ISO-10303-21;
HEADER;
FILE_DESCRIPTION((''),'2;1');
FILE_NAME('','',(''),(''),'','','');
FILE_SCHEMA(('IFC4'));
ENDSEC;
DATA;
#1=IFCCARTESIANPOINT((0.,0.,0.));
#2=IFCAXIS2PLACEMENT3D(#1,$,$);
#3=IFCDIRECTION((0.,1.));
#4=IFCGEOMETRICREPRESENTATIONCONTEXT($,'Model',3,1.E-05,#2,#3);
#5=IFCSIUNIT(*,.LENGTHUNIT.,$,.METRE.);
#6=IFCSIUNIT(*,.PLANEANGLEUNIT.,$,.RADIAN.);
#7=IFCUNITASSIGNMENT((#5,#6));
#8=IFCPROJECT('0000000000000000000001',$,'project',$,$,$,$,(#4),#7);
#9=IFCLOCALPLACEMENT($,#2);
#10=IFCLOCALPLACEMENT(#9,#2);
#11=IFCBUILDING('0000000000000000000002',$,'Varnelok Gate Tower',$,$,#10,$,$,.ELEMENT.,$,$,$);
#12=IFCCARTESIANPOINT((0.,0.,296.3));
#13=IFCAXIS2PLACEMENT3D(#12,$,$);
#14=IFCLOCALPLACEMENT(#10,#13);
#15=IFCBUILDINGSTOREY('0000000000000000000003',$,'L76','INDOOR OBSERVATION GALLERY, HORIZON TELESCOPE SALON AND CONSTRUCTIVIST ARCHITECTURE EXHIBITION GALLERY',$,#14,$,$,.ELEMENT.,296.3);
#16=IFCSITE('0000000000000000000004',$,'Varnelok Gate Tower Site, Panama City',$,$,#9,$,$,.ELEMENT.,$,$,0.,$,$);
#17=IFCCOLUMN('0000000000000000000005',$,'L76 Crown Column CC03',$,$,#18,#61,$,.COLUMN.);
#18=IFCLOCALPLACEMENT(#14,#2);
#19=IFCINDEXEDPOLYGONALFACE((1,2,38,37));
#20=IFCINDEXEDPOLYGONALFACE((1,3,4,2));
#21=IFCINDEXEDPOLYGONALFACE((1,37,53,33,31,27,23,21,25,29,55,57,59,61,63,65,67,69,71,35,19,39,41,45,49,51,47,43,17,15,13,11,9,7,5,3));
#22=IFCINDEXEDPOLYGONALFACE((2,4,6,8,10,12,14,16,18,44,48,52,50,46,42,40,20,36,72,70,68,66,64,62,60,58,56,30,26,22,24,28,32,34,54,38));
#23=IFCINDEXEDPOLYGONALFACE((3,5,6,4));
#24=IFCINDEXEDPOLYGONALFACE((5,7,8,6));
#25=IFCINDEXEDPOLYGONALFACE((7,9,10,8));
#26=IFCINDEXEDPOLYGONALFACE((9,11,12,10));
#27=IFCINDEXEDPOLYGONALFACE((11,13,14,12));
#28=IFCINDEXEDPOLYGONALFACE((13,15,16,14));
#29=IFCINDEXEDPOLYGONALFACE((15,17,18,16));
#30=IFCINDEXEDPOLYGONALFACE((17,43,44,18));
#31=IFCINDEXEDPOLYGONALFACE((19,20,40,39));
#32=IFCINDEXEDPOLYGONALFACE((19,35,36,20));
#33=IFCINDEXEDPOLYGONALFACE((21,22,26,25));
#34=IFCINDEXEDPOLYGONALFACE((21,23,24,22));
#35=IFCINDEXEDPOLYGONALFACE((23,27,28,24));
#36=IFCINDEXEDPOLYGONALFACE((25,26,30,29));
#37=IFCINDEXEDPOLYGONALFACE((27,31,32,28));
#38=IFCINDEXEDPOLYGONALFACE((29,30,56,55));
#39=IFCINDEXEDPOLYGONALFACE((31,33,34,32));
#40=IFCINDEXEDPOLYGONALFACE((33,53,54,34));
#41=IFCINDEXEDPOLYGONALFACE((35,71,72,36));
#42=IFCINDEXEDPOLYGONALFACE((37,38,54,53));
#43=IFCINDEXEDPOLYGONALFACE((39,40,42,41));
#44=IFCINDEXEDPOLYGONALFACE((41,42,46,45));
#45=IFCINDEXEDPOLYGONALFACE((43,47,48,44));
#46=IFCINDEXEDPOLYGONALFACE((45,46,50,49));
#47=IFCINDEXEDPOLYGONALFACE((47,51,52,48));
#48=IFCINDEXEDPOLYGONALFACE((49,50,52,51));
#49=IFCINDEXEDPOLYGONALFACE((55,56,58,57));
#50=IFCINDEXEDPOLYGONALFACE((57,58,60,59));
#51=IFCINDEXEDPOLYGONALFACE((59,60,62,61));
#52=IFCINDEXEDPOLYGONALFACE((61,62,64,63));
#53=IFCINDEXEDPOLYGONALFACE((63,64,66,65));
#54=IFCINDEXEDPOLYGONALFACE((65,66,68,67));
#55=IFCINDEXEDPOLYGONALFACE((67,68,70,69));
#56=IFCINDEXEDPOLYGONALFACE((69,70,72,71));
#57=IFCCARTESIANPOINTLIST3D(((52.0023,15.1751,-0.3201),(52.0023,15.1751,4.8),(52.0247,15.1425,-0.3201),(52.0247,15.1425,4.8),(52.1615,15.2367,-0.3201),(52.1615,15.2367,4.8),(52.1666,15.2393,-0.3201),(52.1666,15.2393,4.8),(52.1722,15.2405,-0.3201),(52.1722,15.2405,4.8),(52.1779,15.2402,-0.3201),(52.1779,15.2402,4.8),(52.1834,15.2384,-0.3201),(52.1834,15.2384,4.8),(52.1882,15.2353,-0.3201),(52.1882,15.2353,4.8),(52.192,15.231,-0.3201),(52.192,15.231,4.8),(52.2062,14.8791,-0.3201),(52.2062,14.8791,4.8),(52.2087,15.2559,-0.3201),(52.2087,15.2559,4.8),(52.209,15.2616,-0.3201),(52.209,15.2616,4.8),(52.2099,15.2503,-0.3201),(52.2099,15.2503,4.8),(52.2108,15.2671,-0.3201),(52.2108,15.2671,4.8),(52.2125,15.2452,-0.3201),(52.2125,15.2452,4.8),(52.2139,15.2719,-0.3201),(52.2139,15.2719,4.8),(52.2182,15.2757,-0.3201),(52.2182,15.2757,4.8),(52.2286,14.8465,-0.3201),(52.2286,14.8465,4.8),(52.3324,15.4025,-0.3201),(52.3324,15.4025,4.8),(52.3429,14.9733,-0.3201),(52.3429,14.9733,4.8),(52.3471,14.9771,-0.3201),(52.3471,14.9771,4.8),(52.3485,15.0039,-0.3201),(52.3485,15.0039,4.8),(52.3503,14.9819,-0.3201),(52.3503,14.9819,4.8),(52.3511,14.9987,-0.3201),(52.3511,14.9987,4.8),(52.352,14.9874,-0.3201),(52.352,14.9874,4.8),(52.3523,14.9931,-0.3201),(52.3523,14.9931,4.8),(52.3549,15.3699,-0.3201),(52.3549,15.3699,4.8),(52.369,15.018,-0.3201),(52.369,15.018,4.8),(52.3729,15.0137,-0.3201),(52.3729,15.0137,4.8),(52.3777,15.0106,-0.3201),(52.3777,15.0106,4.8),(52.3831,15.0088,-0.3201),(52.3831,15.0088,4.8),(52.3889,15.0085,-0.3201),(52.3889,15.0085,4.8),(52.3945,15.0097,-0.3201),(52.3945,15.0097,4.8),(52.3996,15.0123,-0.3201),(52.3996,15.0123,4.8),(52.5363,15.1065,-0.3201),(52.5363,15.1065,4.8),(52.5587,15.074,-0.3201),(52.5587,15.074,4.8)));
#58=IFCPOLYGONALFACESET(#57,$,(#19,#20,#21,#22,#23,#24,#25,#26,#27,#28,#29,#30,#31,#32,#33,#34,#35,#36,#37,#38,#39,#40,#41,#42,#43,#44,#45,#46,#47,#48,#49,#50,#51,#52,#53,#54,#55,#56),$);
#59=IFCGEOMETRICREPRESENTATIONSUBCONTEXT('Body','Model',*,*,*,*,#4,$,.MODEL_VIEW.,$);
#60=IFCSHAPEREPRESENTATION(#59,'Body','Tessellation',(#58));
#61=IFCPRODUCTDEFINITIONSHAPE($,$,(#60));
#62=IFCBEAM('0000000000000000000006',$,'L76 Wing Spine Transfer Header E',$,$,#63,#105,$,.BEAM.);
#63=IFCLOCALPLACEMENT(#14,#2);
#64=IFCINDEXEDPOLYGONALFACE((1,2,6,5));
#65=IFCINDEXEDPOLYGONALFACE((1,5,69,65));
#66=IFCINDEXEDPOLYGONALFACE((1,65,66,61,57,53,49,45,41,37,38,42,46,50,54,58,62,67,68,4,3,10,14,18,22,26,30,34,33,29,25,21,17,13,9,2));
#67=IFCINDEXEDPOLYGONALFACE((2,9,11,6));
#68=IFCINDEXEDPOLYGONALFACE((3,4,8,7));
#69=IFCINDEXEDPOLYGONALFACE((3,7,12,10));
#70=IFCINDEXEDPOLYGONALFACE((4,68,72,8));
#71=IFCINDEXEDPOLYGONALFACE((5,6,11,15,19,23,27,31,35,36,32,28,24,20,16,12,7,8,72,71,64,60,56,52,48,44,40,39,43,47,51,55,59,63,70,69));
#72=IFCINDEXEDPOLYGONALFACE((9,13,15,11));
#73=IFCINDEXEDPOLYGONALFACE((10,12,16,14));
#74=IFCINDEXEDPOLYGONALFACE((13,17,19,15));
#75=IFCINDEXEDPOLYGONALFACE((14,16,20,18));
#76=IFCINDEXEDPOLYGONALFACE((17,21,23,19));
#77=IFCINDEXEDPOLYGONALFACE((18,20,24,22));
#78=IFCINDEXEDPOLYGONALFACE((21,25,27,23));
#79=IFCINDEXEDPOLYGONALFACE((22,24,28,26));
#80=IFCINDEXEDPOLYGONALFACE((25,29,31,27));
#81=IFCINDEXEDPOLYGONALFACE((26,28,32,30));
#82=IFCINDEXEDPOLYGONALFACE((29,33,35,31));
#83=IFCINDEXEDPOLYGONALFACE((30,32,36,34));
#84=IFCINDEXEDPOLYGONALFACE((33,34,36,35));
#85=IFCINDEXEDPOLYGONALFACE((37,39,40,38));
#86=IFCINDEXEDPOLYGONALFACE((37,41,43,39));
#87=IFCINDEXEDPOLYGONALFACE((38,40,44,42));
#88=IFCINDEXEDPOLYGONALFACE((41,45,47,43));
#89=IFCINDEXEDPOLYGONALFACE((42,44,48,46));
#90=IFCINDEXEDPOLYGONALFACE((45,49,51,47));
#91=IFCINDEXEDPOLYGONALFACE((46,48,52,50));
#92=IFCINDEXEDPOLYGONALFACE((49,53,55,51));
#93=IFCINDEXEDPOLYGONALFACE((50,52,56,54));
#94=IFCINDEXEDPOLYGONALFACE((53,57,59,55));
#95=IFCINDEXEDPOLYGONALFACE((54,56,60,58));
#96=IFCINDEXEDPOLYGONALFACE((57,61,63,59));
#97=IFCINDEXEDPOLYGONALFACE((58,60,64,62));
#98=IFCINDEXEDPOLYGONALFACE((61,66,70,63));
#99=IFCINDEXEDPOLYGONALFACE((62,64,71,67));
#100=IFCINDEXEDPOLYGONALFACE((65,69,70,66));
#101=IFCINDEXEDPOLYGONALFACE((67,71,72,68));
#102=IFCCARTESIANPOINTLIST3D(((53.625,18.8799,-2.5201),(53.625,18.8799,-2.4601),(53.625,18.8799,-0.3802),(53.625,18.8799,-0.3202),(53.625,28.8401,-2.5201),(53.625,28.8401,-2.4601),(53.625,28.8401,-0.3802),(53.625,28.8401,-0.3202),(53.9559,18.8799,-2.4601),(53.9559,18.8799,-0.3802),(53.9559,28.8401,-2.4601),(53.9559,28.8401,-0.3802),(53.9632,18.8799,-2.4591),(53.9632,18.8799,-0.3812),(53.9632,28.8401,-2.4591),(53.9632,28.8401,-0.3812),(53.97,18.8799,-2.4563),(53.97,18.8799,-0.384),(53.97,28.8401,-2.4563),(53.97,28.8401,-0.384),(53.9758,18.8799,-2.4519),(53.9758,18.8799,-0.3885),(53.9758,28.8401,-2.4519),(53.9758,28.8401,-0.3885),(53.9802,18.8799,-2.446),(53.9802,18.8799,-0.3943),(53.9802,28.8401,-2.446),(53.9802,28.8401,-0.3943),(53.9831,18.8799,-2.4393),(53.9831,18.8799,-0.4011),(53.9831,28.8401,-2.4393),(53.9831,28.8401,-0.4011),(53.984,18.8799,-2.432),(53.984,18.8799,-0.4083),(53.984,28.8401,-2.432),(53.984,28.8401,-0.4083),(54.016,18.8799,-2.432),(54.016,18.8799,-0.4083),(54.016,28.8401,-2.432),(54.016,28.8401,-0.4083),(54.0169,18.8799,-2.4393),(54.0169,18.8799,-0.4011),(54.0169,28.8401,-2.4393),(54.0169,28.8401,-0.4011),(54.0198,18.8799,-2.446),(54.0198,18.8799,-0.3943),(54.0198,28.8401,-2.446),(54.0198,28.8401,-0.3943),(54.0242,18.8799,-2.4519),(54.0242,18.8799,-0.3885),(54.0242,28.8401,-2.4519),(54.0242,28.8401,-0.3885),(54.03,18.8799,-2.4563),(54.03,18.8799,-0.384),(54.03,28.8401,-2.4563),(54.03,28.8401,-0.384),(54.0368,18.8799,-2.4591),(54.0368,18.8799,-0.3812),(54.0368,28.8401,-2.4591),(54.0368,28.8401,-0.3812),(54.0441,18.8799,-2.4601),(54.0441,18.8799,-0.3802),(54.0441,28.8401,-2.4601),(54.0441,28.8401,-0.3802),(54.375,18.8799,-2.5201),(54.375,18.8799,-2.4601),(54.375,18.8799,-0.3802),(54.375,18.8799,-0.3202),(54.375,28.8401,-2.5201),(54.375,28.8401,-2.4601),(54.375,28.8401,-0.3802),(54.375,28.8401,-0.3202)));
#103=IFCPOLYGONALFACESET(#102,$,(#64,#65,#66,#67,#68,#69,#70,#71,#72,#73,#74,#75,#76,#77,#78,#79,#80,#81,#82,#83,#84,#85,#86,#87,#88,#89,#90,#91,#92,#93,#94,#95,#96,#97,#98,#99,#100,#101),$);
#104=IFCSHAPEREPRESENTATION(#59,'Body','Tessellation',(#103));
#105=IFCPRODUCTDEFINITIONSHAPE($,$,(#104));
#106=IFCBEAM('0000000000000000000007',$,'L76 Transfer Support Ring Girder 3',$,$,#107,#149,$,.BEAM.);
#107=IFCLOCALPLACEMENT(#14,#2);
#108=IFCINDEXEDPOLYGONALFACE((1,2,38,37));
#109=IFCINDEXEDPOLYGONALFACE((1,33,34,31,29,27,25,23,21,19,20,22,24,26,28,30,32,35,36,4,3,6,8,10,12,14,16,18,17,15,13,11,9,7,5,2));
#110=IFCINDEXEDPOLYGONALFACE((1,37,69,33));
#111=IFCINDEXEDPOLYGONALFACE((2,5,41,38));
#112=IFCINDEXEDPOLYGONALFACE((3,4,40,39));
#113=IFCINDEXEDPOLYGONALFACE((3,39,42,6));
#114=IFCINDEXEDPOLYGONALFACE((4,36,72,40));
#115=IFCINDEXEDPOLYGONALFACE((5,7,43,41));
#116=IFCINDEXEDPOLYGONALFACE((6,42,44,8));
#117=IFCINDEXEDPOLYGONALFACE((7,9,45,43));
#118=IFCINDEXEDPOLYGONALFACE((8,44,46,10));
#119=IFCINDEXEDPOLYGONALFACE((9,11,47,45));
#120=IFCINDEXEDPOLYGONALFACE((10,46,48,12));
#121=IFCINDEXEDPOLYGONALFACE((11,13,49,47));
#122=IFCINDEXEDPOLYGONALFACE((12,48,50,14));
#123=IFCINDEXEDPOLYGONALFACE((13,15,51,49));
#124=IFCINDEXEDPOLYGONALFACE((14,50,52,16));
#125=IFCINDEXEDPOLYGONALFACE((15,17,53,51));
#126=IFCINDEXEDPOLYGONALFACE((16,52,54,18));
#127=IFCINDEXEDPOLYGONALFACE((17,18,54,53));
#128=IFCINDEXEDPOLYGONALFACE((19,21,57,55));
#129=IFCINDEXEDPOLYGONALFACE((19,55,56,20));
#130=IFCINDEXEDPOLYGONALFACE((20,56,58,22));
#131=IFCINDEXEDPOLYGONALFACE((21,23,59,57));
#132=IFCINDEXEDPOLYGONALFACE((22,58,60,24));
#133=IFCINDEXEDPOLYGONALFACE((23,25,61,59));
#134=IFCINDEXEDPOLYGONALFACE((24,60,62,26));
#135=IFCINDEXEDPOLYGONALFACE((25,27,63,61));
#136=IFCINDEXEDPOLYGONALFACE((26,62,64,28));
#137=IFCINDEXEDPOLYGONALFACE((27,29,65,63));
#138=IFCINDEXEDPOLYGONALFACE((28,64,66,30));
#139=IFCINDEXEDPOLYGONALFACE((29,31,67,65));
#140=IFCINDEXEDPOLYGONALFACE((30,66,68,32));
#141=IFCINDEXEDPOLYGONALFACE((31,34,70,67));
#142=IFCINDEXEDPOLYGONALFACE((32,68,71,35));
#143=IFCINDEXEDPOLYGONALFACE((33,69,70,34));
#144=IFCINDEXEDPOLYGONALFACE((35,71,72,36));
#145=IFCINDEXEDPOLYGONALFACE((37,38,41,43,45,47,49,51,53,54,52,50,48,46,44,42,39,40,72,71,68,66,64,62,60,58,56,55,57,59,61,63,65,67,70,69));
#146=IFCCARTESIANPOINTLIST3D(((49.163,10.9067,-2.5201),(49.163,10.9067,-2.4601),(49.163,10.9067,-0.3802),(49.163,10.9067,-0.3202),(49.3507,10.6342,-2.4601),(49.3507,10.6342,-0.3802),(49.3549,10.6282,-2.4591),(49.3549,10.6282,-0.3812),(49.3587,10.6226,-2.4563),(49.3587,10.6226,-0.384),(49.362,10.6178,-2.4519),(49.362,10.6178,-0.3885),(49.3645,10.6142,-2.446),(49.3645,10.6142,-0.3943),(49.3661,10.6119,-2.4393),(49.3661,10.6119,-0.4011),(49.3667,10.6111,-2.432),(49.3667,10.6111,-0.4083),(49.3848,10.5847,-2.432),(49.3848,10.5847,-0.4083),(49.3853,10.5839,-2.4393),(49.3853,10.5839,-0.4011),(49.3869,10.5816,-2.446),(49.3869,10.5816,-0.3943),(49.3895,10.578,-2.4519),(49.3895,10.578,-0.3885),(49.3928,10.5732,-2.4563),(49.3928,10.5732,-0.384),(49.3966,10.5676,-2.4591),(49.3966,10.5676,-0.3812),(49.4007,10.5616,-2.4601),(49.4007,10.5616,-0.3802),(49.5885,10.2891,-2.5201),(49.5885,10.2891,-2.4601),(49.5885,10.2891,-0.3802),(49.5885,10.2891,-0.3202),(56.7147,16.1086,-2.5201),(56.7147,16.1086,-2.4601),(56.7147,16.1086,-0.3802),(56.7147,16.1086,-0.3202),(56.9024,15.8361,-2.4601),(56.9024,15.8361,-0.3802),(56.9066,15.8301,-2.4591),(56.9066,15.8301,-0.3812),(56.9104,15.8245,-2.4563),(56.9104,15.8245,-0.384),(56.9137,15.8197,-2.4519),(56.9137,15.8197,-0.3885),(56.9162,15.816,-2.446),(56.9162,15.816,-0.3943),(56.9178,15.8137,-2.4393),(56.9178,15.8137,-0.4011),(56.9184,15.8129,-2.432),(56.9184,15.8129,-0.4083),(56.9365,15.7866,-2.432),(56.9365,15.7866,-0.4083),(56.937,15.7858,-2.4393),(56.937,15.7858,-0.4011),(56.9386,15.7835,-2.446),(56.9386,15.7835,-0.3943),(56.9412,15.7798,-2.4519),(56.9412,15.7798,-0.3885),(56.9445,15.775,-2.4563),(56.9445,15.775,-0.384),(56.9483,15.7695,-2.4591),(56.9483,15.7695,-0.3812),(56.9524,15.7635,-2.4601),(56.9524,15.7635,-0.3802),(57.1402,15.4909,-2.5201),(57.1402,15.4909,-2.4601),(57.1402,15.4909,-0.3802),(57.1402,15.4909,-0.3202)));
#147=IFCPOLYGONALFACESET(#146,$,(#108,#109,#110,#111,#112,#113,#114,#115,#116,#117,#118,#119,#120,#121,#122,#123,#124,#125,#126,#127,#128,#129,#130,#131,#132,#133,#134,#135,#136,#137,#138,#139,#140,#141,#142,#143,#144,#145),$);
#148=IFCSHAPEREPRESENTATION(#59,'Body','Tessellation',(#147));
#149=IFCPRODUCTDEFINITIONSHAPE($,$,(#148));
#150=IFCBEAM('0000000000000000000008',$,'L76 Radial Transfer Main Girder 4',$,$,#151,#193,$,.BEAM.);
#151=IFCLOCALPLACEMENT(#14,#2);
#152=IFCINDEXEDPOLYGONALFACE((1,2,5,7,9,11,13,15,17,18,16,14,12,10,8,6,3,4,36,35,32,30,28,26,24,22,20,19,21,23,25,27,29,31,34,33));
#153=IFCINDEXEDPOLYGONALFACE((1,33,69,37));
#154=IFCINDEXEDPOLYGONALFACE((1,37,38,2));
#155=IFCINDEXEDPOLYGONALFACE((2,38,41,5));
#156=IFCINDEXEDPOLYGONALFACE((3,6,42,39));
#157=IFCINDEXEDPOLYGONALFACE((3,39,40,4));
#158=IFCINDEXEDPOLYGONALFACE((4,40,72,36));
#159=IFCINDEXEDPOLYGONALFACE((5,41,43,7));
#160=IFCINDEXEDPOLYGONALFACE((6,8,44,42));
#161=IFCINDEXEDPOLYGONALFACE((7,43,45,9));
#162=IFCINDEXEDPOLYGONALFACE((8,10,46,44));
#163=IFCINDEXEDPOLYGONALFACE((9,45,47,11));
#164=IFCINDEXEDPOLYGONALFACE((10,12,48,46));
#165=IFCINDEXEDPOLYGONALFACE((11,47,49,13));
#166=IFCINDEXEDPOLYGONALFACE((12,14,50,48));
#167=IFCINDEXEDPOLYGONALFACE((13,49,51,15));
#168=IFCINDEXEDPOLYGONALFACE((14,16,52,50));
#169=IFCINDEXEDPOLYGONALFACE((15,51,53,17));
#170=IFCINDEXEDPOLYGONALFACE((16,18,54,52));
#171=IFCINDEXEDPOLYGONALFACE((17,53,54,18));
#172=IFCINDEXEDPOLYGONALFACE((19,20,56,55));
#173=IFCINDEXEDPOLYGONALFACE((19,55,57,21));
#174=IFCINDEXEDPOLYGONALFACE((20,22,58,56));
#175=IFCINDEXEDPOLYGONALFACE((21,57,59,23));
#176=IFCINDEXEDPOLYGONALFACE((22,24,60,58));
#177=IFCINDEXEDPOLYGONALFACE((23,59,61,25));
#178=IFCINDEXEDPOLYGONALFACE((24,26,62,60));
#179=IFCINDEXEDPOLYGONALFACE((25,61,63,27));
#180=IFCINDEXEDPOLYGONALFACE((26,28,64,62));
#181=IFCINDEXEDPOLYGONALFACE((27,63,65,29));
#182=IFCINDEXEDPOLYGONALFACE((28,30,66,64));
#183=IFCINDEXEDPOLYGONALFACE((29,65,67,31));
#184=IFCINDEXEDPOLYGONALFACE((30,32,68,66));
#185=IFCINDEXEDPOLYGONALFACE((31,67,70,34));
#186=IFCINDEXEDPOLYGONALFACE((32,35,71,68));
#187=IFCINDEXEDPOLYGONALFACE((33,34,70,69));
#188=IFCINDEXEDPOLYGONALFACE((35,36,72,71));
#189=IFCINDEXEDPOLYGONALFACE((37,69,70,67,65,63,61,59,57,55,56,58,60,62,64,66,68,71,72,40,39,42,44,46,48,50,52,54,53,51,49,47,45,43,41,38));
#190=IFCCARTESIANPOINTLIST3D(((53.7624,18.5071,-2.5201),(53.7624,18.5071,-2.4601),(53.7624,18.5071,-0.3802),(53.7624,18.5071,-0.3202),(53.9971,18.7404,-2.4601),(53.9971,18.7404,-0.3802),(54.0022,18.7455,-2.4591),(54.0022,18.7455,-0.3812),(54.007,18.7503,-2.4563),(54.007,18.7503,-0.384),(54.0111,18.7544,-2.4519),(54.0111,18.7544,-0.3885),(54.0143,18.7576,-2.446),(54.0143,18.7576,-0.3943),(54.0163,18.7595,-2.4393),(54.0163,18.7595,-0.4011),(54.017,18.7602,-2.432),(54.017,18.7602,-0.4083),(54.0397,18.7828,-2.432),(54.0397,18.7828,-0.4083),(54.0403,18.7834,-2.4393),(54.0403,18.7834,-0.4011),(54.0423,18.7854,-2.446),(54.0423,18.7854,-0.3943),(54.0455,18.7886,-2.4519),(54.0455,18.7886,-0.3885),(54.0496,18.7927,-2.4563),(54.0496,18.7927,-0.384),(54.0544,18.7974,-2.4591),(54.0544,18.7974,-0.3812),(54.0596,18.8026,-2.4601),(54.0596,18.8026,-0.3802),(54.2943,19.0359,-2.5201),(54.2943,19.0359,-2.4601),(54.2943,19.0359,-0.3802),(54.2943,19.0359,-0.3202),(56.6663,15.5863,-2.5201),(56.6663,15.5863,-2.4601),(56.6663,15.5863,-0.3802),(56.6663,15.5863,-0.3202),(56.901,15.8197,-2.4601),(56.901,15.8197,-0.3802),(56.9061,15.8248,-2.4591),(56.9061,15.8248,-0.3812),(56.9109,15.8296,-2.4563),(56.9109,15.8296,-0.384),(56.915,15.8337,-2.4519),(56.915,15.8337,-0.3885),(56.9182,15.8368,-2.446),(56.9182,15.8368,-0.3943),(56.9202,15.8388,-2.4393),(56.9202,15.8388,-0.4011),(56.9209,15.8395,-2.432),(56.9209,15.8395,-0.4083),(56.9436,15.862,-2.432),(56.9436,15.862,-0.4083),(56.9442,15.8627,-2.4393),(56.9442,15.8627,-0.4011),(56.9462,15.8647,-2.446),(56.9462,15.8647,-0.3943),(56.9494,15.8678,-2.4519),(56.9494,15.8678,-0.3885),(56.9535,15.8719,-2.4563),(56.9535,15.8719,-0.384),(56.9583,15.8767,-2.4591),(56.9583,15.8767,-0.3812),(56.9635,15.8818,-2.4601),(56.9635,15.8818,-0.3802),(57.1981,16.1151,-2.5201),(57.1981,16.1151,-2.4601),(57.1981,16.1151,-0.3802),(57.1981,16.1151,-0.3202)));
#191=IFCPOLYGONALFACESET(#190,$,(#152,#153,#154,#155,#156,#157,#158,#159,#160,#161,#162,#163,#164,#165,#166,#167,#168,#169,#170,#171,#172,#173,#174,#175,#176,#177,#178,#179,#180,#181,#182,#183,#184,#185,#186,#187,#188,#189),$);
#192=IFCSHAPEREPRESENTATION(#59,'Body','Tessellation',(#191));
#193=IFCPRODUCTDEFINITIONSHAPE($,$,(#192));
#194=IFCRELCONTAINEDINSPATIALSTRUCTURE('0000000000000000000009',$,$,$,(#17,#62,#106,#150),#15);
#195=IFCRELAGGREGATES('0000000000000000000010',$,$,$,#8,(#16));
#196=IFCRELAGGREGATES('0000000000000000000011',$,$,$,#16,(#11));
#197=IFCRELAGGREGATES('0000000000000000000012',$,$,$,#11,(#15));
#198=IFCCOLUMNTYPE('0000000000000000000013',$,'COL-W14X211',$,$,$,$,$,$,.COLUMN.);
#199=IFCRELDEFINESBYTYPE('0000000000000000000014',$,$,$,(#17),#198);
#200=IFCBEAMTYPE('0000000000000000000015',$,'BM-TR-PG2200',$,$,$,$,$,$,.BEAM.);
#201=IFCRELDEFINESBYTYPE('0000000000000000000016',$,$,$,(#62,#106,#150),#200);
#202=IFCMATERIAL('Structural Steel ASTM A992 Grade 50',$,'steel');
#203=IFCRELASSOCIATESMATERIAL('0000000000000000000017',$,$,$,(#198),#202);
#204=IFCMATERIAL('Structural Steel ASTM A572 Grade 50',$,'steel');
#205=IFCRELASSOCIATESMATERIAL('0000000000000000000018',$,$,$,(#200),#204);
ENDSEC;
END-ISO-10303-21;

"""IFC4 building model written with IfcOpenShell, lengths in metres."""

from ifc_helpers import new_model, si_unit, direction, frame, origin, origin_2d, place, context, subcontext, project, spatial, i_section, extrude, material, material_profile, profile_set, type_object, element, save


model = new_model("IFC4")

# Units and contexts
model_context = context("Model", 3, precision=1e-05, world=origin(), true_north=direction((0.0, 1.0)))
body_context = subcontext(model_context, "Body", "Model", "MODEL_VIEW")
ifc_project = project(units=[si_unit("LENGTHUNIT", "METRE"), si_unit("PLANEANGLEUNIT", "RADIAN")], contexts=[model_context])

# Site, building, storey
site_placement = place(None, origin())
site = spatial("IfcSite", under=ifc_project, at=site_placement, Name="Varnelok Gate Tower Site, Panama City", CompositionType="ELEMENT", RefElevation=0.0)
building_placement = place(site_placement, origin())
building = spatial("IfcBuilding", under=site, at=building_placement, Name="Varnelok Gate Tower", CompositionType="ELEMENT")
storey_placement = place(building_placement, frame((0.0, 0.0, 296.3)))
storey = spatial("IfcBuildingStorey", under=building, at=storey_placement, Name="L76", Description="INDOOR OBSERVATION GALLERY, HORIZON TELESCOPE SALON AND CONSTRUCTIVIST ARCHITECTURE EXHIBITION GALLERY", CompositionType="ELEMENT", Elevation=296.3)

# Column
ifc_material_1 = material(Name="Structural Steel ASTM A992 Grade 50", Category="steel")
ifc_material_profile_1 = material_profile(ifc_material_1, i_section(OverallWidth=0.4009, OverallDepth=0.3989, WebThickness=0.0249, FlangeThickness=0.0396, FilletRadius=0.022, at=origin_2d()), Name="W14X211")
ifc_profile_set_1 = profile_set([ifc_material_profile_1], Name="Structural Steel ASTM A992 Grade 50")
column_type = type_object("IfcColumnType", Name="COL-W14X211", PredefinedType="COLUMN", material=ifc_profile_set_1)
column_placement = place(storey_placement, frame((52.2805, 15.1245, -0.3201), z_axis=(0.0, 0.0, 1.0), x_axis=(0.823533, 0.567269, 0.0)))
element("IfcColumn", 1, at=column_placement, inside=storey, type_object=column_type, Name="L76 Crown Column CC03", PredefinedType="COLUMN", context=body_context, shape_type="SweptSolid", body=[
    extrude(i_section(OverallWidth=0.4009, OverallDepth=0.3989, WebThickness=0.0249, FlangeThickness=0.0396, FilletRadius=0.022, at=origin_2d()), origin(), (0.0, 0.0, 1.0), 5.1201),
])

# Beams
ifc_material_2 = material(Name="Structural Steel ASTM A572 Grade 50", Category="steel")
ifc_material_profile_2 = material_profile(ifc_material_2, i_section(OverallWidth=0.75, OverallDepth=2.2, WebThickness=0.032, FlangeThickness=0.0601, FilletRadius=0.0281, at=origin_2d()), Name="PG2200X750")
ifc_profile_set_2 = profile_set([ifc_material_profile_2], Name="Structural Steel ASTM A572 Grade 50")
beam_type = type_object("IfcBeamType", Name="BM-TR-PG2200", PredefinedType="BEAM", material=ifc_profile_set_2)
beam_1_placement = place(storey_placement, frame((54.0, 18.8799, -1.4202), z_axis=(0.0, 1.0, 0.0), x_axis=(-1.0, 0.0, 0.0)))
element("IfcBeam", 2, at=beam_1_placement, inside=storey, type_object=beam_type, Name="L76 Wing Spine Transfer Header E", PredefinedType="BEAM", context=body_context, shape_type="SweptSolid", body=[
    extrude(i_section(OverallWidth=0.75, OverallDepth=2.2, WebThickness=0.032, FlangeThickness=0.0601, FilletRadius=0.0281, at=origin_2d()), origin(), (0.0, 0.0, 1.0), 9.9602),
])
beam_2_placement = place(storey_placement, frame((49.3757, 10.5979, -1.4202), z_axis=(0.823529, 0.567274, 0.0), x_axis=(-0.567274, 0.823529, 0.0)))
element("IfcBeam", 3, at=beam_2_placement, inside=storey, type_object=beam_type, Name="L76 Transfer Support Ring Girder 3", PredefinedType="BEAM", context=body_context, shape_type="SweptSolid", body=[
    extrude(i_section(OverallWidth=0.75, OverallDepth=2.2, WebThickness=0.032, FlangeThickness=0.0601, FilletRadius=0.0281, at=origin_2d()), origin(), (0.0, 0.0, 1.0), 9.1699),
])
beam_3_placement = place(storey_placement, frame((54.0283, 18.7715, -1.4202), z_axis=(0.705059, -0.709149, 0.0), x_axis=(0.709149, 0.705059, 0.0)))
element("IfcBeam", 4, at=beam_3_placement, inside=storey, type_object=beam_type, Name="L76 Radial Transfer Main Girder 4", PredefinedType="BEAM", context=body_context, shape_type="SweptSolid", body=[
    extrude(i_section(OverallWidth=0.75, OverallDepth=2.2, WebThickness=0.032, FlangeThickness=0.0601, FilletRadius=0.0281, at=origin_2d()), origin(), (0.0, 0.0, 1.0), 4.1187),
])

save(model, "model.ifc")
